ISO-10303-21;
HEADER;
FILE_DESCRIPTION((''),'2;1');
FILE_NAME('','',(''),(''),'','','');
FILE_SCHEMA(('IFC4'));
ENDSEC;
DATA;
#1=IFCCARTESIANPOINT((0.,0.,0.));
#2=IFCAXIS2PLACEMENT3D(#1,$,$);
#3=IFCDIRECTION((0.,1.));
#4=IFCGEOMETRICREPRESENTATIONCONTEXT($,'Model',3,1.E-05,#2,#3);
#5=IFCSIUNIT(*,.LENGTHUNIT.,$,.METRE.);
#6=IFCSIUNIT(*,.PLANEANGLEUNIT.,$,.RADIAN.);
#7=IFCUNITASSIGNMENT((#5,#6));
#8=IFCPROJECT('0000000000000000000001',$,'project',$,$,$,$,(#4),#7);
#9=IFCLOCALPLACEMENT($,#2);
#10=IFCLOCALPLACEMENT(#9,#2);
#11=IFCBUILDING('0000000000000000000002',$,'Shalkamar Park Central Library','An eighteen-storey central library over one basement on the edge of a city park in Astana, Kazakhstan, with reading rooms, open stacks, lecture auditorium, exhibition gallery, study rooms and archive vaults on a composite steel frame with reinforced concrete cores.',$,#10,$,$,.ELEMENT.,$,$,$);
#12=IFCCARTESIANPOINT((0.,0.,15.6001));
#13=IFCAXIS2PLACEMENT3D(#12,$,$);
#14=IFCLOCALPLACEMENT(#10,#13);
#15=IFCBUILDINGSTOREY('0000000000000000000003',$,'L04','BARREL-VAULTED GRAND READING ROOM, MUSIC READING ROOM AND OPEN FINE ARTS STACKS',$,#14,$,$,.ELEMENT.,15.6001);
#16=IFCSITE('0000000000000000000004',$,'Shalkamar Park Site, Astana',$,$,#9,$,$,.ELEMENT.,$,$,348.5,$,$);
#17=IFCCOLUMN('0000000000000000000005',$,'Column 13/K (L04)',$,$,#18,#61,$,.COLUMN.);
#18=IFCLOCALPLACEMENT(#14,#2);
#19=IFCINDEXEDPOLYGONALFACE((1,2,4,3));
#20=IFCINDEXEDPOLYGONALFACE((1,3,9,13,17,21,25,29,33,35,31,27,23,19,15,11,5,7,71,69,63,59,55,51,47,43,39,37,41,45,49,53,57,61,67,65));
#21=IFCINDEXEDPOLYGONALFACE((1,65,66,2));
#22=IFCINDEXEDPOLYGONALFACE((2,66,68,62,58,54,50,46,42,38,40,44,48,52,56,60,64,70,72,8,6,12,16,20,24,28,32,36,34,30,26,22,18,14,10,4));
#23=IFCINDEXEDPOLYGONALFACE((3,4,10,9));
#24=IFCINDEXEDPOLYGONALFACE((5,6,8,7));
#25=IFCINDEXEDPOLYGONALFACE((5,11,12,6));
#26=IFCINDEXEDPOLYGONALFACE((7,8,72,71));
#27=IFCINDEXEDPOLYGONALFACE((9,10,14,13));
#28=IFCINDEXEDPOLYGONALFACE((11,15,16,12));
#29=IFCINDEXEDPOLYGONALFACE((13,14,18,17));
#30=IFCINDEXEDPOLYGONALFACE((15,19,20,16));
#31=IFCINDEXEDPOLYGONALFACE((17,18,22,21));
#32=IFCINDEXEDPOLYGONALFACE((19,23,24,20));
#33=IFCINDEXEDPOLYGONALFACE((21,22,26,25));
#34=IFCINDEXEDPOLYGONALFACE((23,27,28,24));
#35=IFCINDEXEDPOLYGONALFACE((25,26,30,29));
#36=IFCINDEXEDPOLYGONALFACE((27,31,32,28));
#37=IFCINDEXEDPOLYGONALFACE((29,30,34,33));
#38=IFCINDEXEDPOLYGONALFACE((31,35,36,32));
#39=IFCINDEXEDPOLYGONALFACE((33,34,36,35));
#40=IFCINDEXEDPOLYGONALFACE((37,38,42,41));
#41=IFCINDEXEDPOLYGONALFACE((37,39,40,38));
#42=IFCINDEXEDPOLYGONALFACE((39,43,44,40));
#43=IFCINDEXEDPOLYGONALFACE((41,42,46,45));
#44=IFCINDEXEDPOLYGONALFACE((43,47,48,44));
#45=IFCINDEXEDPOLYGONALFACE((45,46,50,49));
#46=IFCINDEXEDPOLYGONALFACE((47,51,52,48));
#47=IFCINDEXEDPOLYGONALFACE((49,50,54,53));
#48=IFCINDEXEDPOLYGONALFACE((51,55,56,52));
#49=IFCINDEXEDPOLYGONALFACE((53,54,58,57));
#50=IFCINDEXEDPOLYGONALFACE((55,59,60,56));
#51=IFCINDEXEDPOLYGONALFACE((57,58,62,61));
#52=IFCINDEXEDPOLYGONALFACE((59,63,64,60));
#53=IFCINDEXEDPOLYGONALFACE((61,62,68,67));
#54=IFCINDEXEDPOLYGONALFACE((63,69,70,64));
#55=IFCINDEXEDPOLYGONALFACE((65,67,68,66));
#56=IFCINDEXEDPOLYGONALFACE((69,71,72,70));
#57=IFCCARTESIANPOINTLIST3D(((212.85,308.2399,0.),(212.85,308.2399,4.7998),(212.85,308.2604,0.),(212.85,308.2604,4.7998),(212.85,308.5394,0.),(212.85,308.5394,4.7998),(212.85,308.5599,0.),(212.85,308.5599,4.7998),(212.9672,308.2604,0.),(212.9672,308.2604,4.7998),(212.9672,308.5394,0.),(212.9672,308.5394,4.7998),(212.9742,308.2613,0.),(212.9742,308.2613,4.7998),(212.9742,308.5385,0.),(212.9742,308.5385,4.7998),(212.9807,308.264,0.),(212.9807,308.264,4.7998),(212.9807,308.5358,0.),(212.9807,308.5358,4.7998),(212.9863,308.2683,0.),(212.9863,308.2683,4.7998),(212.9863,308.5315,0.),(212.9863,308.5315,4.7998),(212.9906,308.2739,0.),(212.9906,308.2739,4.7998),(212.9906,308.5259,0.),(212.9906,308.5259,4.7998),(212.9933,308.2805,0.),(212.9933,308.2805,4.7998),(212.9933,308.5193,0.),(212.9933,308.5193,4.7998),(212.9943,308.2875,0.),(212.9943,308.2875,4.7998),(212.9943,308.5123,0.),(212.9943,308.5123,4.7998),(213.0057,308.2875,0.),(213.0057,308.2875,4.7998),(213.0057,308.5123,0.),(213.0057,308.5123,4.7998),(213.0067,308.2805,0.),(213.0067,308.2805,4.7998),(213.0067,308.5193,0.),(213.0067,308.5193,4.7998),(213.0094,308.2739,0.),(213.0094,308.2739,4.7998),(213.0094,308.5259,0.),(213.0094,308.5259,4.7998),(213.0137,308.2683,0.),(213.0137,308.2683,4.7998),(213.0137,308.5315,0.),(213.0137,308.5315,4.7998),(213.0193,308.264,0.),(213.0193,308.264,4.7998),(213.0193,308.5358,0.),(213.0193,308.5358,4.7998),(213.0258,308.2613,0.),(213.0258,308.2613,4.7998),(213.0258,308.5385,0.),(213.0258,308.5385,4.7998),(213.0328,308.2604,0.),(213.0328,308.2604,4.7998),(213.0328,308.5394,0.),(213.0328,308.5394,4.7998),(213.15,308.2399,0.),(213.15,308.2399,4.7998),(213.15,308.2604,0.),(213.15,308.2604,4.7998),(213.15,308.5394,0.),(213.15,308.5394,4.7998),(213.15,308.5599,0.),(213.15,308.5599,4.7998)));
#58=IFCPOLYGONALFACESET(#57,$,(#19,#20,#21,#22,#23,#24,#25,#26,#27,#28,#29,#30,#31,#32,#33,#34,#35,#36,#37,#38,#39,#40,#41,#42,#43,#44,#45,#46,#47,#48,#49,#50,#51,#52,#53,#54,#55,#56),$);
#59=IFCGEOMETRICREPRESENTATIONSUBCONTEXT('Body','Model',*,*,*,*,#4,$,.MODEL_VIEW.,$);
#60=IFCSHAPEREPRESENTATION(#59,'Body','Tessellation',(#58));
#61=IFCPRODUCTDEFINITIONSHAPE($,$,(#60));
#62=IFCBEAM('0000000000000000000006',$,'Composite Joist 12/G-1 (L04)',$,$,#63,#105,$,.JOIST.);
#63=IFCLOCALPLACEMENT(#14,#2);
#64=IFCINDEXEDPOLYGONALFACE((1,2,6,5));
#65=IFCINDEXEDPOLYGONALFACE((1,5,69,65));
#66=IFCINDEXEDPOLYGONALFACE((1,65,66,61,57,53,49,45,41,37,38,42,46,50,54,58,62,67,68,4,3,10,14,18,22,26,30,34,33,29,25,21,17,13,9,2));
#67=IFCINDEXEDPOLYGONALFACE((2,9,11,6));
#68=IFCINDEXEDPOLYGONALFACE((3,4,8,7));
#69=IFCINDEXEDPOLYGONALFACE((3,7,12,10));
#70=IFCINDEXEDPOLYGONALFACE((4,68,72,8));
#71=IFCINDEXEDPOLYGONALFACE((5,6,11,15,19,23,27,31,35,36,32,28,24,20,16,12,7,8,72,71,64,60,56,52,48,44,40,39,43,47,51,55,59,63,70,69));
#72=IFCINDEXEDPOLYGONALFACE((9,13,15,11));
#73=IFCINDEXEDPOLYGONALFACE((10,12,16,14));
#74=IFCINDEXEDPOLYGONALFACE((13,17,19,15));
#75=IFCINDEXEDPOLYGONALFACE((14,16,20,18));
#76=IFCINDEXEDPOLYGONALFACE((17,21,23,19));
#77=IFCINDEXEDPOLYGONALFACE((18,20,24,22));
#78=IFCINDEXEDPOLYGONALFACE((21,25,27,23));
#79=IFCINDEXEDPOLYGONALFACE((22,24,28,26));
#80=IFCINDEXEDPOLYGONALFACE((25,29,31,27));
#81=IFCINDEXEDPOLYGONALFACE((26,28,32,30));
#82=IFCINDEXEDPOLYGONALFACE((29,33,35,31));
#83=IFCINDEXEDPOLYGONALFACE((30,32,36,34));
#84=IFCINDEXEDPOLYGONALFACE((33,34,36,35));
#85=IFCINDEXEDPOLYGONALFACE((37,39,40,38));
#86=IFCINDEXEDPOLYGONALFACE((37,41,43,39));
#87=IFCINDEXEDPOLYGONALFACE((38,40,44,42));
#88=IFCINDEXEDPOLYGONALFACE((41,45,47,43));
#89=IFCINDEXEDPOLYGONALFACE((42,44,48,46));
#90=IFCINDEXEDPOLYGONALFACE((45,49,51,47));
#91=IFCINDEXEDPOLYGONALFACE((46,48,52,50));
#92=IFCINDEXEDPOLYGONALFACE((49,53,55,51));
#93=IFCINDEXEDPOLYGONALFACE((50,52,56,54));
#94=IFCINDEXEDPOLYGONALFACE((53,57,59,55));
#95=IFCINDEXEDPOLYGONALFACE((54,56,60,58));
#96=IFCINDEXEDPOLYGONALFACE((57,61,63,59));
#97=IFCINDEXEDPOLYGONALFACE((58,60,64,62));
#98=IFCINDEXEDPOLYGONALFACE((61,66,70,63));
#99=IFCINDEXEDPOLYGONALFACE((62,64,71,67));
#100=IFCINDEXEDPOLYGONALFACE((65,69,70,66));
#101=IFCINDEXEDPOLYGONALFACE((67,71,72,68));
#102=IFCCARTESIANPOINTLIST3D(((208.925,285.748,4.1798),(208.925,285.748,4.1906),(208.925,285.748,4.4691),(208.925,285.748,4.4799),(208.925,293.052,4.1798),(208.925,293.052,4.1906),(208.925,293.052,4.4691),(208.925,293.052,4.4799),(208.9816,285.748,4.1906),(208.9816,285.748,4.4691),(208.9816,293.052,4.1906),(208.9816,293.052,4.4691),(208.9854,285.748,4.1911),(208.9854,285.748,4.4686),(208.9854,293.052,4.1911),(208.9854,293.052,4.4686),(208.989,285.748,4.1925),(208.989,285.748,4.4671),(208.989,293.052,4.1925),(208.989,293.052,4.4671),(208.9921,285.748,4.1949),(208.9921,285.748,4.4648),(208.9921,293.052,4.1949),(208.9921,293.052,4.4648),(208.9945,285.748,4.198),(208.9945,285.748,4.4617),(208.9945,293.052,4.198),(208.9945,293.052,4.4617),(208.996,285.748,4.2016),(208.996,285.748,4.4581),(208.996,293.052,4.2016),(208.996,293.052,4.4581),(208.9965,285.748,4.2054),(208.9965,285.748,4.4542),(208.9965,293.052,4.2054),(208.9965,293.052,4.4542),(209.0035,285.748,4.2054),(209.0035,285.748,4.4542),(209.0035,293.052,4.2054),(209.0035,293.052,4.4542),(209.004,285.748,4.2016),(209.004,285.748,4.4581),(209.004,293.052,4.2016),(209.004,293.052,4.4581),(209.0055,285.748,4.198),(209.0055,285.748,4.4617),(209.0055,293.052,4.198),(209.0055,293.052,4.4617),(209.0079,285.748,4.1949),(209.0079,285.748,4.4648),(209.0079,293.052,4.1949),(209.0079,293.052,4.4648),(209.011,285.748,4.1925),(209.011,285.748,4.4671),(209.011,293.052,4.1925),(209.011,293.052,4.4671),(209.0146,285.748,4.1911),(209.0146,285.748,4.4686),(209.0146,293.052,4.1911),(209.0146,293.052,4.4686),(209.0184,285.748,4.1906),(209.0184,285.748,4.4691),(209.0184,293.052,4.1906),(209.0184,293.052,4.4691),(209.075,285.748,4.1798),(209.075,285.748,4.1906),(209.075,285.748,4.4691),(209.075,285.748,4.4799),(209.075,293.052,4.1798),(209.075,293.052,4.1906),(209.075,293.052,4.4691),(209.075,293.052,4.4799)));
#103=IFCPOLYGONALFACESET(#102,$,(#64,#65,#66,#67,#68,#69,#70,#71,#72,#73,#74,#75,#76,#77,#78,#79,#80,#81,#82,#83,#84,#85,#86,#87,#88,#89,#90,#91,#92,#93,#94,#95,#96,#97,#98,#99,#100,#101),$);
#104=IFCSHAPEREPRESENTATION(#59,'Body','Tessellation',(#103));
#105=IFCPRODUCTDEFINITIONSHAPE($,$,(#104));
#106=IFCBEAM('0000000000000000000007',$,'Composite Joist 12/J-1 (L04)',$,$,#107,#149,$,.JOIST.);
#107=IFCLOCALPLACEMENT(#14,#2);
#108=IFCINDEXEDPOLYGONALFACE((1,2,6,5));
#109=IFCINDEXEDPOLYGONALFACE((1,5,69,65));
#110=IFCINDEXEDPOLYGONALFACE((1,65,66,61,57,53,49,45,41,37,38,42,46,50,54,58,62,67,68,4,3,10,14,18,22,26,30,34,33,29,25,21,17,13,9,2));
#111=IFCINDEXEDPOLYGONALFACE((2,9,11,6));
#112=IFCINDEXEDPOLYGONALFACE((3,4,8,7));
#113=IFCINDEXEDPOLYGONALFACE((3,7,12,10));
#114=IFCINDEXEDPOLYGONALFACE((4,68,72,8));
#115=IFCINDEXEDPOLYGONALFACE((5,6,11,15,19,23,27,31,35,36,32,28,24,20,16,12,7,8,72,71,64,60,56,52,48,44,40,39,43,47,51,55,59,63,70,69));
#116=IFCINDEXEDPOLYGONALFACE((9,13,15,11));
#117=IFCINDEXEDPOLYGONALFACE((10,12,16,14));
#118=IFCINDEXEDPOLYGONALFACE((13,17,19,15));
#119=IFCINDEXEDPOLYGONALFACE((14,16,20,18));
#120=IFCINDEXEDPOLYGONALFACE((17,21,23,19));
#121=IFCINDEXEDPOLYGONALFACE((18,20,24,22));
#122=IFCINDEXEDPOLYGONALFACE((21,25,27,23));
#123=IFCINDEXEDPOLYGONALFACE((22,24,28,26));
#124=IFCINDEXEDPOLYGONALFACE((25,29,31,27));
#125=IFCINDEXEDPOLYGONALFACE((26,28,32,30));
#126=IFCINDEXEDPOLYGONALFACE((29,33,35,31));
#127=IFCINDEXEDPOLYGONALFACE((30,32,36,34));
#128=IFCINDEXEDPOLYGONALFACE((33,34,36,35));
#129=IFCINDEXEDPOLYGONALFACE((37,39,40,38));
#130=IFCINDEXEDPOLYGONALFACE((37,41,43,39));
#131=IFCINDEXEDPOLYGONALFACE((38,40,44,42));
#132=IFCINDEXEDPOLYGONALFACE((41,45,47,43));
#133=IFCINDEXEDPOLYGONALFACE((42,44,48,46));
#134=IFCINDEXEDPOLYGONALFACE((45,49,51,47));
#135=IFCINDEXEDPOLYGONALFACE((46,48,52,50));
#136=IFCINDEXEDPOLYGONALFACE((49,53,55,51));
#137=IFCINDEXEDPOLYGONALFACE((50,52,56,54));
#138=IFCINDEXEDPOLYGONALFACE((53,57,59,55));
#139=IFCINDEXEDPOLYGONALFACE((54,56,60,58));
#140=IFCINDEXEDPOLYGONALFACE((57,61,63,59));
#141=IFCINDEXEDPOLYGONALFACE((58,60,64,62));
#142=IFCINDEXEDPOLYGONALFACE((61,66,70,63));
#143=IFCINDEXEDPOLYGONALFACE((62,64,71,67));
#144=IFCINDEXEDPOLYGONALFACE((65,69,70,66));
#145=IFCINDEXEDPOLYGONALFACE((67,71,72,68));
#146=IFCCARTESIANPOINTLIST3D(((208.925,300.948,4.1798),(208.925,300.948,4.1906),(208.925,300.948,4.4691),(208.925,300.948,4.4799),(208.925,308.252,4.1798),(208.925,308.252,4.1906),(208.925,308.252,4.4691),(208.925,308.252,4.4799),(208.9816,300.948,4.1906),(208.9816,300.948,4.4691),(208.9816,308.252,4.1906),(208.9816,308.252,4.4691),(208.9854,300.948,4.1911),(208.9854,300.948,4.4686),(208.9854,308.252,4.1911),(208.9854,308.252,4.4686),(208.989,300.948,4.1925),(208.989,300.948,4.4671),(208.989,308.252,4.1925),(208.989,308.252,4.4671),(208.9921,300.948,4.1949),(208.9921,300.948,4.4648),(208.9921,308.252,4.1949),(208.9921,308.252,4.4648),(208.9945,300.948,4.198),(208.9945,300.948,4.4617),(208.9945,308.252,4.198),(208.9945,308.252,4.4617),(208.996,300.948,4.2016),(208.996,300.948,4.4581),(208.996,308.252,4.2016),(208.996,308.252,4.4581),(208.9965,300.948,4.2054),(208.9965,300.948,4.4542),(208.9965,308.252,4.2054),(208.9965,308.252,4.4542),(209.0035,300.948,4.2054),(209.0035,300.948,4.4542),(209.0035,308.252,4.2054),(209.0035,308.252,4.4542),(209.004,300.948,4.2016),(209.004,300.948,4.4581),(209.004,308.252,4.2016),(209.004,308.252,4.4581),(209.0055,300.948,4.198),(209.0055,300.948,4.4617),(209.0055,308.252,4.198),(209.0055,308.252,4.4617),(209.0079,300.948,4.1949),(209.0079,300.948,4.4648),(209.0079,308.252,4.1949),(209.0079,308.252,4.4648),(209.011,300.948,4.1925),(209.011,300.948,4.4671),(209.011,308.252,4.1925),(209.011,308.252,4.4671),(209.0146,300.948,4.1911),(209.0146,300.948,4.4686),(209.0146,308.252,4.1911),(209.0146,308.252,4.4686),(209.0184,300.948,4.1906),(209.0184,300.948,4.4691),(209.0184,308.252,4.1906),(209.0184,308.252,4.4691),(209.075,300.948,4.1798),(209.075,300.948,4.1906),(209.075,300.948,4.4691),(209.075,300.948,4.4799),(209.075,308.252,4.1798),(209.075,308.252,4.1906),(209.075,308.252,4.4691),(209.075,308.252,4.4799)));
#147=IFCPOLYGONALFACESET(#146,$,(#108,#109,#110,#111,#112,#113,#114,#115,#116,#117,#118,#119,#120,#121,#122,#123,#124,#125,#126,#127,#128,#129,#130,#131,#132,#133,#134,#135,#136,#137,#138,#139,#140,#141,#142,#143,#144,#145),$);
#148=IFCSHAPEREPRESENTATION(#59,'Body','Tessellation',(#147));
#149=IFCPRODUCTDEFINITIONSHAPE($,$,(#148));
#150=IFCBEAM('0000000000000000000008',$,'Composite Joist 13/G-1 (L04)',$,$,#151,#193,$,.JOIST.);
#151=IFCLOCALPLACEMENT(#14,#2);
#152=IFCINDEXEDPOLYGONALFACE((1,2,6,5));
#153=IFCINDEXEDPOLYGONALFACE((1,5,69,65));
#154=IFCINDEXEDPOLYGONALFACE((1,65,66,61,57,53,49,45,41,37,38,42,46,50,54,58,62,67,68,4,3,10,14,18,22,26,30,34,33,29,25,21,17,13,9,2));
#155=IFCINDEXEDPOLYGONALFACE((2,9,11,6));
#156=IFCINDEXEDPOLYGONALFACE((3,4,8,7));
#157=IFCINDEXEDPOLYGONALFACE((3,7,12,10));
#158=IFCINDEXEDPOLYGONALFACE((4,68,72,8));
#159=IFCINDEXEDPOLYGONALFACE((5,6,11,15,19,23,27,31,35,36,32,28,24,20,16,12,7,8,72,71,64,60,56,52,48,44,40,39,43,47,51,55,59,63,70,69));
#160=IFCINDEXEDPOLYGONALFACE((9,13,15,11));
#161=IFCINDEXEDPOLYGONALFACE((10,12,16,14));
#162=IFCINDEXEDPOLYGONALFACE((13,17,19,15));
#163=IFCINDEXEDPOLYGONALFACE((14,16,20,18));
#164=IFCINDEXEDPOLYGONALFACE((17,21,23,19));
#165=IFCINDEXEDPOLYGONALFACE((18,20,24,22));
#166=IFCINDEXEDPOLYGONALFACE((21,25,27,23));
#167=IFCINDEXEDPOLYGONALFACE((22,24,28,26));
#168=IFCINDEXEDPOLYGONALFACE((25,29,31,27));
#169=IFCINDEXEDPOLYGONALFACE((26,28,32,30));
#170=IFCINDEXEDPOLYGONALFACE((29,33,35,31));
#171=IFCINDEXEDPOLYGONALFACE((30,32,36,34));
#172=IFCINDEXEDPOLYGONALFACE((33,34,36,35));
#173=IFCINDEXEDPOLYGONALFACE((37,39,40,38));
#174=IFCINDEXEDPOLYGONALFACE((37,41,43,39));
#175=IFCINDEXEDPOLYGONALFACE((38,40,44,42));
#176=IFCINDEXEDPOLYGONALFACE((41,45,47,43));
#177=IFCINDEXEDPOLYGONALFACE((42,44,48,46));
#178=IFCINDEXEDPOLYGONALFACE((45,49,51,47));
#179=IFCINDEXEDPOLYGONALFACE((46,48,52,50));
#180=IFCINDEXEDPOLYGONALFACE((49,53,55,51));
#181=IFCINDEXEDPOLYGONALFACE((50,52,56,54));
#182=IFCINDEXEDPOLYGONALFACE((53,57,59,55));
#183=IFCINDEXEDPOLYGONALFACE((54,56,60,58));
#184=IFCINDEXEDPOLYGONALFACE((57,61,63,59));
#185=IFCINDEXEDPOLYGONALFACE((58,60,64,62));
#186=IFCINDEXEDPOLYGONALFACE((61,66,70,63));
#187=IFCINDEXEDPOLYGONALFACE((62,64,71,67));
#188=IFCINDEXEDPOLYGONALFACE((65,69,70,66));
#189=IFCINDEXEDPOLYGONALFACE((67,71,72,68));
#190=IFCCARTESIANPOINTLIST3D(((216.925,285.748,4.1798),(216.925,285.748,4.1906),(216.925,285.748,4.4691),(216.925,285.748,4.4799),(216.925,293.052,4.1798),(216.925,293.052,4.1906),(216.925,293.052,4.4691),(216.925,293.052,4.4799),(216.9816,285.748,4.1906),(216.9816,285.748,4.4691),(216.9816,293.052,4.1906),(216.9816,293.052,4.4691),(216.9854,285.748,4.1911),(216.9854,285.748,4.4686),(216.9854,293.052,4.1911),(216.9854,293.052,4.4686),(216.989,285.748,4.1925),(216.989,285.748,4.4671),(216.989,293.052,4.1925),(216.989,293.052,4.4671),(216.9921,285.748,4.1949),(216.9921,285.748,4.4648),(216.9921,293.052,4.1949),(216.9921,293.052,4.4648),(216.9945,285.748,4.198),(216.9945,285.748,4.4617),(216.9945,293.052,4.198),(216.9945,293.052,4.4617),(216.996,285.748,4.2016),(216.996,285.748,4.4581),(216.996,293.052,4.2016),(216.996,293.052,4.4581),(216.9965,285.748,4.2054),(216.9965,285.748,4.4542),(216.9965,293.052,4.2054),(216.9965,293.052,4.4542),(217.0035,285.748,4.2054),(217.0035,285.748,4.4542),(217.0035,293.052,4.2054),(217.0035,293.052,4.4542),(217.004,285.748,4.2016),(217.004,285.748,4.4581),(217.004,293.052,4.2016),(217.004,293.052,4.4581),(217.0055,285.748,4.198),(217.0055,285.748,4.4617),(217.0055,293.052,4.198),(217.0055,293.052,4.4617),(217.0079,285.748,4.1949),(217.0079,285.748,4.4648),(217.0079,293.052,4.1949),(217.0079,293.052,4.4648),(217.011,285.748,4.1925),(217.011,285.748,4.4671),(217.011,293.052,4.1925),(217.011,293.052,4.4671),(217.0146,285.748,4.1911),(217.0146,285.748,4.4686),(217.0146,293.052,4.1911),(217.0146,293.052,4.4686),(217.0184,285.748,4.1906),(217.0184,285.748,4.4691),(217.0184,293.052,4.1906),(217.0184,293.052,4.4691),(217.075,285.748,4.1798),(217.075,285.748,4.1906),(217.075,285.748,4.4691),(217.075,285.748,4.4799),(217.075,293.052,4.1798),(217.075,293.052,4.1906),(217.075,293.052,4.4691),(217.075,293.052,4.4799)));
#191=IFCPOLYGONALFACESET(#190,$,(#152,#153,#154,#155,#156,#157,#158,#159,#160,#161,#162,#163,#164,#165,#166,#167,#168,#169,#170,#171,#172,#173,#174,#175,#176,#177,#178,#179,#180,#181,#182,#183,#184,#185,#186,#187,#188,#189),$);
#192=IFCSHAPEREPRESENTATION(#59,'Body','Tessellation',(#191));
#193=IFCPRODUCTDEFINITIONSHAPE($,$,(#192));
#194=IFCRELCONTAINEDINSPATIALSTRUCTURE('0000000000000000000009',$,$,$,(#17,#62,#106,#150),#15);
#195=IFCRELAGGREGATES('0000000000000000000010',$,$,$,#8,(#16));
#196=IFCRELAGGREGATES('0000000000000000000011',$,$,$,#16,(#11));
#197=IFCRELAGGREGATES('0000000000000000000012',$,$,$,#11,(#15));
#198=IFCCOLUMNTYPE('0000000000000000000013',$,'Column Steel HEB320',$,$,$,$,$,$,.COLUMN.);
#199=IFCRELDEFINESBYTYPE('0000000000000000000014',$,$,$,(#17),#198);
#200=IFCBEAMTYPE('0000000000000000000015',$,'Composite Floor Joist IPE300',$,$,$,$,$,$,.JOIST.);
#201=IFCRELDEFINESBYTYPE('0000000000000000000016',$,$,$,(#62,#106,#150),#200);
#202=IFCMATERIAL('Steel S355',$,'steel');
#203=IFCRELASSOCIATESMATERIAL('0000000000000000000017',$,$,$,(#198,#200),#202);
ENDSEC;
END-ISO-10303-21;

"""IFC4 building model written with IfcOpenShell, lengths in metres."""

from ifc_helpers import new_model, si_unit, direction, frame, origin, origin_2d, place, context, subcontext, project, spatial, i_section, extrude, material, material_profile, profile_set, type_object, element, save


model = new_model("IFC4")

# Units and contexts
model_context = context("Model", 3, precision=1e-05, world=origin(), true_north=direction((0.0, 1.0)))
body_context = subcontext(model_context, "Body", "Model", "MODEL_VIEW")
ifc_project = project(units=[si_unit("LENGTHUNIT", "METRE"), si_unit("PLANEANGLEUNIT", "RADIAN")], contexts=[model_context])

# Site, building, storey
site_placement = place(None, origin())
site = spatial("IfcSite", under=ifc_project, at=site_placement, Name="Shalkamar Park Site, Astana", CompositionType="ELEMENT", RefElevation=348.5)
building_placement = place(site_placement, origin())
building = spatial("IfcBuilding", under=site, at=building_placement, Name="Shalkamar Park Central Library", Description="An eighteen-storey central library over one basement on the edge of a city park in Astana, Kazakhstan, with reading rooms, open stacks, lecture auditorium, exhibition gallery, study rooms and archive vaults on a composite steel frame with reinforced concrete cores.", CompositionType="ELEMENT")
storey_placement = place(building_placement, frame((0.0, 0.0, 15.6001)))
storey = spatial("IfcBuildingStorey", under=building, at=storey_placement, Name="L04", Description="BARREL-VAULTED GRAND READING ROOM, MUSIC READING ROOM AND OPEN FINE ARTS STACKS", CompositionType="ELEMENT", Elevation=15.6001)

# Column
ifc_material_1 = material(Name="Steel S355", Category="steel")
ifc_material_profile_1 = material_profile(ifc_material_1, i_section(OverallWidth=0.3, OverallDepth=0.3201, WebThickness=0.0115, FlangeThickness=0.0205, FilletRadius=0.0271, at=origin_2d()), Name="HEB 320")
ifc_profile_set_1 = profile_set([ifc_material_profile_1], Name="Steel S355")
column_type_1 = type_object("IfcColumnType", Name="Column Steel HEB320", PredefinedType="COLUMN", material=ifc_profile_set_1)
column_1_placement = place(storey_placement, frame((213.0, 308.3999, 0.0), z_axis=(0.0, 0.0, 1.0), x_axis=(1.0, 0.0, 0.0)))
element("IfcColumn", 1, at=column_1_placement, inside=storey, type_object=column_type_1, Name="Column 13/K (L04)", PredefinedType="COLUMN", context=body_context, shape_type="SweptSolid", body=[
    extrude(i_section(OverallWidth=0.3, OverallDepth=0.3201, WebThickness=0.0115, FlangeThickness=0.0205, FilletRadius=0.0271, at=origin_2d()), origin(), (0.0, 0.0, 1.0), 4.7998),
])

# Beams
ifc_material_profile_2 = material_profile(ifc_material_1, i_section(OverallWidth=0.1499, OverallDepth=0.3, WebThickness=0.0071, FlangeThickness=0.0107, FilletRadius=0.0149, at=origin_2d()), Name="IPE 300")
ifc_profile_set_2 = profile_set([ifc_material_profile_2], Name="Steel S355")
beam_type_1 = type_object("IfcBeamType", Name="Composite Floor Joist IPE300", PredefinedType="JOIST", material=ifc_profile_set_2)
for number, where, z_axis, x_axis, name in (
    (2, (209.0, 285.748, 4.3298), (0.0, 1.0, 0.0), (-1.0, 0.0, 0.0), "Composite Joist 12/G-1 (L04)"),
    (3, (209.0, 300.948, 4.3298), (0.0, 1.0, 0.0), (-1.0, 0.0, 0.0), "Composite Joist 12/J-1 (L04)"),
    (4, (217.0, 285.748, 4.3298), (0.0, 1.0, 0.0), (-1.0, 0.0, 0.0), "Composite Joist 13/G-1 (L04)"),
):
    element("IfcBeam", number, at=place(storey_placement, frame(where, z_axis=z_axis, x_axis=x_axis)), inside=storey, type_object=beam_type_1, Name=name, PredefinedType="JOIST", context=body_context, shape_type="SweptSolid", body=[
        extrude(i_section(OverallWidth=0.1499, OverallDepth=0.3, WebThickness=0.0071, FlangeThickness=0.0107, FilletRadius=0.0149, at=origin_2d()), origin(), (0.0, 0.0, 1.0), 7.304),
    ])

save(model, "model.ifc")
